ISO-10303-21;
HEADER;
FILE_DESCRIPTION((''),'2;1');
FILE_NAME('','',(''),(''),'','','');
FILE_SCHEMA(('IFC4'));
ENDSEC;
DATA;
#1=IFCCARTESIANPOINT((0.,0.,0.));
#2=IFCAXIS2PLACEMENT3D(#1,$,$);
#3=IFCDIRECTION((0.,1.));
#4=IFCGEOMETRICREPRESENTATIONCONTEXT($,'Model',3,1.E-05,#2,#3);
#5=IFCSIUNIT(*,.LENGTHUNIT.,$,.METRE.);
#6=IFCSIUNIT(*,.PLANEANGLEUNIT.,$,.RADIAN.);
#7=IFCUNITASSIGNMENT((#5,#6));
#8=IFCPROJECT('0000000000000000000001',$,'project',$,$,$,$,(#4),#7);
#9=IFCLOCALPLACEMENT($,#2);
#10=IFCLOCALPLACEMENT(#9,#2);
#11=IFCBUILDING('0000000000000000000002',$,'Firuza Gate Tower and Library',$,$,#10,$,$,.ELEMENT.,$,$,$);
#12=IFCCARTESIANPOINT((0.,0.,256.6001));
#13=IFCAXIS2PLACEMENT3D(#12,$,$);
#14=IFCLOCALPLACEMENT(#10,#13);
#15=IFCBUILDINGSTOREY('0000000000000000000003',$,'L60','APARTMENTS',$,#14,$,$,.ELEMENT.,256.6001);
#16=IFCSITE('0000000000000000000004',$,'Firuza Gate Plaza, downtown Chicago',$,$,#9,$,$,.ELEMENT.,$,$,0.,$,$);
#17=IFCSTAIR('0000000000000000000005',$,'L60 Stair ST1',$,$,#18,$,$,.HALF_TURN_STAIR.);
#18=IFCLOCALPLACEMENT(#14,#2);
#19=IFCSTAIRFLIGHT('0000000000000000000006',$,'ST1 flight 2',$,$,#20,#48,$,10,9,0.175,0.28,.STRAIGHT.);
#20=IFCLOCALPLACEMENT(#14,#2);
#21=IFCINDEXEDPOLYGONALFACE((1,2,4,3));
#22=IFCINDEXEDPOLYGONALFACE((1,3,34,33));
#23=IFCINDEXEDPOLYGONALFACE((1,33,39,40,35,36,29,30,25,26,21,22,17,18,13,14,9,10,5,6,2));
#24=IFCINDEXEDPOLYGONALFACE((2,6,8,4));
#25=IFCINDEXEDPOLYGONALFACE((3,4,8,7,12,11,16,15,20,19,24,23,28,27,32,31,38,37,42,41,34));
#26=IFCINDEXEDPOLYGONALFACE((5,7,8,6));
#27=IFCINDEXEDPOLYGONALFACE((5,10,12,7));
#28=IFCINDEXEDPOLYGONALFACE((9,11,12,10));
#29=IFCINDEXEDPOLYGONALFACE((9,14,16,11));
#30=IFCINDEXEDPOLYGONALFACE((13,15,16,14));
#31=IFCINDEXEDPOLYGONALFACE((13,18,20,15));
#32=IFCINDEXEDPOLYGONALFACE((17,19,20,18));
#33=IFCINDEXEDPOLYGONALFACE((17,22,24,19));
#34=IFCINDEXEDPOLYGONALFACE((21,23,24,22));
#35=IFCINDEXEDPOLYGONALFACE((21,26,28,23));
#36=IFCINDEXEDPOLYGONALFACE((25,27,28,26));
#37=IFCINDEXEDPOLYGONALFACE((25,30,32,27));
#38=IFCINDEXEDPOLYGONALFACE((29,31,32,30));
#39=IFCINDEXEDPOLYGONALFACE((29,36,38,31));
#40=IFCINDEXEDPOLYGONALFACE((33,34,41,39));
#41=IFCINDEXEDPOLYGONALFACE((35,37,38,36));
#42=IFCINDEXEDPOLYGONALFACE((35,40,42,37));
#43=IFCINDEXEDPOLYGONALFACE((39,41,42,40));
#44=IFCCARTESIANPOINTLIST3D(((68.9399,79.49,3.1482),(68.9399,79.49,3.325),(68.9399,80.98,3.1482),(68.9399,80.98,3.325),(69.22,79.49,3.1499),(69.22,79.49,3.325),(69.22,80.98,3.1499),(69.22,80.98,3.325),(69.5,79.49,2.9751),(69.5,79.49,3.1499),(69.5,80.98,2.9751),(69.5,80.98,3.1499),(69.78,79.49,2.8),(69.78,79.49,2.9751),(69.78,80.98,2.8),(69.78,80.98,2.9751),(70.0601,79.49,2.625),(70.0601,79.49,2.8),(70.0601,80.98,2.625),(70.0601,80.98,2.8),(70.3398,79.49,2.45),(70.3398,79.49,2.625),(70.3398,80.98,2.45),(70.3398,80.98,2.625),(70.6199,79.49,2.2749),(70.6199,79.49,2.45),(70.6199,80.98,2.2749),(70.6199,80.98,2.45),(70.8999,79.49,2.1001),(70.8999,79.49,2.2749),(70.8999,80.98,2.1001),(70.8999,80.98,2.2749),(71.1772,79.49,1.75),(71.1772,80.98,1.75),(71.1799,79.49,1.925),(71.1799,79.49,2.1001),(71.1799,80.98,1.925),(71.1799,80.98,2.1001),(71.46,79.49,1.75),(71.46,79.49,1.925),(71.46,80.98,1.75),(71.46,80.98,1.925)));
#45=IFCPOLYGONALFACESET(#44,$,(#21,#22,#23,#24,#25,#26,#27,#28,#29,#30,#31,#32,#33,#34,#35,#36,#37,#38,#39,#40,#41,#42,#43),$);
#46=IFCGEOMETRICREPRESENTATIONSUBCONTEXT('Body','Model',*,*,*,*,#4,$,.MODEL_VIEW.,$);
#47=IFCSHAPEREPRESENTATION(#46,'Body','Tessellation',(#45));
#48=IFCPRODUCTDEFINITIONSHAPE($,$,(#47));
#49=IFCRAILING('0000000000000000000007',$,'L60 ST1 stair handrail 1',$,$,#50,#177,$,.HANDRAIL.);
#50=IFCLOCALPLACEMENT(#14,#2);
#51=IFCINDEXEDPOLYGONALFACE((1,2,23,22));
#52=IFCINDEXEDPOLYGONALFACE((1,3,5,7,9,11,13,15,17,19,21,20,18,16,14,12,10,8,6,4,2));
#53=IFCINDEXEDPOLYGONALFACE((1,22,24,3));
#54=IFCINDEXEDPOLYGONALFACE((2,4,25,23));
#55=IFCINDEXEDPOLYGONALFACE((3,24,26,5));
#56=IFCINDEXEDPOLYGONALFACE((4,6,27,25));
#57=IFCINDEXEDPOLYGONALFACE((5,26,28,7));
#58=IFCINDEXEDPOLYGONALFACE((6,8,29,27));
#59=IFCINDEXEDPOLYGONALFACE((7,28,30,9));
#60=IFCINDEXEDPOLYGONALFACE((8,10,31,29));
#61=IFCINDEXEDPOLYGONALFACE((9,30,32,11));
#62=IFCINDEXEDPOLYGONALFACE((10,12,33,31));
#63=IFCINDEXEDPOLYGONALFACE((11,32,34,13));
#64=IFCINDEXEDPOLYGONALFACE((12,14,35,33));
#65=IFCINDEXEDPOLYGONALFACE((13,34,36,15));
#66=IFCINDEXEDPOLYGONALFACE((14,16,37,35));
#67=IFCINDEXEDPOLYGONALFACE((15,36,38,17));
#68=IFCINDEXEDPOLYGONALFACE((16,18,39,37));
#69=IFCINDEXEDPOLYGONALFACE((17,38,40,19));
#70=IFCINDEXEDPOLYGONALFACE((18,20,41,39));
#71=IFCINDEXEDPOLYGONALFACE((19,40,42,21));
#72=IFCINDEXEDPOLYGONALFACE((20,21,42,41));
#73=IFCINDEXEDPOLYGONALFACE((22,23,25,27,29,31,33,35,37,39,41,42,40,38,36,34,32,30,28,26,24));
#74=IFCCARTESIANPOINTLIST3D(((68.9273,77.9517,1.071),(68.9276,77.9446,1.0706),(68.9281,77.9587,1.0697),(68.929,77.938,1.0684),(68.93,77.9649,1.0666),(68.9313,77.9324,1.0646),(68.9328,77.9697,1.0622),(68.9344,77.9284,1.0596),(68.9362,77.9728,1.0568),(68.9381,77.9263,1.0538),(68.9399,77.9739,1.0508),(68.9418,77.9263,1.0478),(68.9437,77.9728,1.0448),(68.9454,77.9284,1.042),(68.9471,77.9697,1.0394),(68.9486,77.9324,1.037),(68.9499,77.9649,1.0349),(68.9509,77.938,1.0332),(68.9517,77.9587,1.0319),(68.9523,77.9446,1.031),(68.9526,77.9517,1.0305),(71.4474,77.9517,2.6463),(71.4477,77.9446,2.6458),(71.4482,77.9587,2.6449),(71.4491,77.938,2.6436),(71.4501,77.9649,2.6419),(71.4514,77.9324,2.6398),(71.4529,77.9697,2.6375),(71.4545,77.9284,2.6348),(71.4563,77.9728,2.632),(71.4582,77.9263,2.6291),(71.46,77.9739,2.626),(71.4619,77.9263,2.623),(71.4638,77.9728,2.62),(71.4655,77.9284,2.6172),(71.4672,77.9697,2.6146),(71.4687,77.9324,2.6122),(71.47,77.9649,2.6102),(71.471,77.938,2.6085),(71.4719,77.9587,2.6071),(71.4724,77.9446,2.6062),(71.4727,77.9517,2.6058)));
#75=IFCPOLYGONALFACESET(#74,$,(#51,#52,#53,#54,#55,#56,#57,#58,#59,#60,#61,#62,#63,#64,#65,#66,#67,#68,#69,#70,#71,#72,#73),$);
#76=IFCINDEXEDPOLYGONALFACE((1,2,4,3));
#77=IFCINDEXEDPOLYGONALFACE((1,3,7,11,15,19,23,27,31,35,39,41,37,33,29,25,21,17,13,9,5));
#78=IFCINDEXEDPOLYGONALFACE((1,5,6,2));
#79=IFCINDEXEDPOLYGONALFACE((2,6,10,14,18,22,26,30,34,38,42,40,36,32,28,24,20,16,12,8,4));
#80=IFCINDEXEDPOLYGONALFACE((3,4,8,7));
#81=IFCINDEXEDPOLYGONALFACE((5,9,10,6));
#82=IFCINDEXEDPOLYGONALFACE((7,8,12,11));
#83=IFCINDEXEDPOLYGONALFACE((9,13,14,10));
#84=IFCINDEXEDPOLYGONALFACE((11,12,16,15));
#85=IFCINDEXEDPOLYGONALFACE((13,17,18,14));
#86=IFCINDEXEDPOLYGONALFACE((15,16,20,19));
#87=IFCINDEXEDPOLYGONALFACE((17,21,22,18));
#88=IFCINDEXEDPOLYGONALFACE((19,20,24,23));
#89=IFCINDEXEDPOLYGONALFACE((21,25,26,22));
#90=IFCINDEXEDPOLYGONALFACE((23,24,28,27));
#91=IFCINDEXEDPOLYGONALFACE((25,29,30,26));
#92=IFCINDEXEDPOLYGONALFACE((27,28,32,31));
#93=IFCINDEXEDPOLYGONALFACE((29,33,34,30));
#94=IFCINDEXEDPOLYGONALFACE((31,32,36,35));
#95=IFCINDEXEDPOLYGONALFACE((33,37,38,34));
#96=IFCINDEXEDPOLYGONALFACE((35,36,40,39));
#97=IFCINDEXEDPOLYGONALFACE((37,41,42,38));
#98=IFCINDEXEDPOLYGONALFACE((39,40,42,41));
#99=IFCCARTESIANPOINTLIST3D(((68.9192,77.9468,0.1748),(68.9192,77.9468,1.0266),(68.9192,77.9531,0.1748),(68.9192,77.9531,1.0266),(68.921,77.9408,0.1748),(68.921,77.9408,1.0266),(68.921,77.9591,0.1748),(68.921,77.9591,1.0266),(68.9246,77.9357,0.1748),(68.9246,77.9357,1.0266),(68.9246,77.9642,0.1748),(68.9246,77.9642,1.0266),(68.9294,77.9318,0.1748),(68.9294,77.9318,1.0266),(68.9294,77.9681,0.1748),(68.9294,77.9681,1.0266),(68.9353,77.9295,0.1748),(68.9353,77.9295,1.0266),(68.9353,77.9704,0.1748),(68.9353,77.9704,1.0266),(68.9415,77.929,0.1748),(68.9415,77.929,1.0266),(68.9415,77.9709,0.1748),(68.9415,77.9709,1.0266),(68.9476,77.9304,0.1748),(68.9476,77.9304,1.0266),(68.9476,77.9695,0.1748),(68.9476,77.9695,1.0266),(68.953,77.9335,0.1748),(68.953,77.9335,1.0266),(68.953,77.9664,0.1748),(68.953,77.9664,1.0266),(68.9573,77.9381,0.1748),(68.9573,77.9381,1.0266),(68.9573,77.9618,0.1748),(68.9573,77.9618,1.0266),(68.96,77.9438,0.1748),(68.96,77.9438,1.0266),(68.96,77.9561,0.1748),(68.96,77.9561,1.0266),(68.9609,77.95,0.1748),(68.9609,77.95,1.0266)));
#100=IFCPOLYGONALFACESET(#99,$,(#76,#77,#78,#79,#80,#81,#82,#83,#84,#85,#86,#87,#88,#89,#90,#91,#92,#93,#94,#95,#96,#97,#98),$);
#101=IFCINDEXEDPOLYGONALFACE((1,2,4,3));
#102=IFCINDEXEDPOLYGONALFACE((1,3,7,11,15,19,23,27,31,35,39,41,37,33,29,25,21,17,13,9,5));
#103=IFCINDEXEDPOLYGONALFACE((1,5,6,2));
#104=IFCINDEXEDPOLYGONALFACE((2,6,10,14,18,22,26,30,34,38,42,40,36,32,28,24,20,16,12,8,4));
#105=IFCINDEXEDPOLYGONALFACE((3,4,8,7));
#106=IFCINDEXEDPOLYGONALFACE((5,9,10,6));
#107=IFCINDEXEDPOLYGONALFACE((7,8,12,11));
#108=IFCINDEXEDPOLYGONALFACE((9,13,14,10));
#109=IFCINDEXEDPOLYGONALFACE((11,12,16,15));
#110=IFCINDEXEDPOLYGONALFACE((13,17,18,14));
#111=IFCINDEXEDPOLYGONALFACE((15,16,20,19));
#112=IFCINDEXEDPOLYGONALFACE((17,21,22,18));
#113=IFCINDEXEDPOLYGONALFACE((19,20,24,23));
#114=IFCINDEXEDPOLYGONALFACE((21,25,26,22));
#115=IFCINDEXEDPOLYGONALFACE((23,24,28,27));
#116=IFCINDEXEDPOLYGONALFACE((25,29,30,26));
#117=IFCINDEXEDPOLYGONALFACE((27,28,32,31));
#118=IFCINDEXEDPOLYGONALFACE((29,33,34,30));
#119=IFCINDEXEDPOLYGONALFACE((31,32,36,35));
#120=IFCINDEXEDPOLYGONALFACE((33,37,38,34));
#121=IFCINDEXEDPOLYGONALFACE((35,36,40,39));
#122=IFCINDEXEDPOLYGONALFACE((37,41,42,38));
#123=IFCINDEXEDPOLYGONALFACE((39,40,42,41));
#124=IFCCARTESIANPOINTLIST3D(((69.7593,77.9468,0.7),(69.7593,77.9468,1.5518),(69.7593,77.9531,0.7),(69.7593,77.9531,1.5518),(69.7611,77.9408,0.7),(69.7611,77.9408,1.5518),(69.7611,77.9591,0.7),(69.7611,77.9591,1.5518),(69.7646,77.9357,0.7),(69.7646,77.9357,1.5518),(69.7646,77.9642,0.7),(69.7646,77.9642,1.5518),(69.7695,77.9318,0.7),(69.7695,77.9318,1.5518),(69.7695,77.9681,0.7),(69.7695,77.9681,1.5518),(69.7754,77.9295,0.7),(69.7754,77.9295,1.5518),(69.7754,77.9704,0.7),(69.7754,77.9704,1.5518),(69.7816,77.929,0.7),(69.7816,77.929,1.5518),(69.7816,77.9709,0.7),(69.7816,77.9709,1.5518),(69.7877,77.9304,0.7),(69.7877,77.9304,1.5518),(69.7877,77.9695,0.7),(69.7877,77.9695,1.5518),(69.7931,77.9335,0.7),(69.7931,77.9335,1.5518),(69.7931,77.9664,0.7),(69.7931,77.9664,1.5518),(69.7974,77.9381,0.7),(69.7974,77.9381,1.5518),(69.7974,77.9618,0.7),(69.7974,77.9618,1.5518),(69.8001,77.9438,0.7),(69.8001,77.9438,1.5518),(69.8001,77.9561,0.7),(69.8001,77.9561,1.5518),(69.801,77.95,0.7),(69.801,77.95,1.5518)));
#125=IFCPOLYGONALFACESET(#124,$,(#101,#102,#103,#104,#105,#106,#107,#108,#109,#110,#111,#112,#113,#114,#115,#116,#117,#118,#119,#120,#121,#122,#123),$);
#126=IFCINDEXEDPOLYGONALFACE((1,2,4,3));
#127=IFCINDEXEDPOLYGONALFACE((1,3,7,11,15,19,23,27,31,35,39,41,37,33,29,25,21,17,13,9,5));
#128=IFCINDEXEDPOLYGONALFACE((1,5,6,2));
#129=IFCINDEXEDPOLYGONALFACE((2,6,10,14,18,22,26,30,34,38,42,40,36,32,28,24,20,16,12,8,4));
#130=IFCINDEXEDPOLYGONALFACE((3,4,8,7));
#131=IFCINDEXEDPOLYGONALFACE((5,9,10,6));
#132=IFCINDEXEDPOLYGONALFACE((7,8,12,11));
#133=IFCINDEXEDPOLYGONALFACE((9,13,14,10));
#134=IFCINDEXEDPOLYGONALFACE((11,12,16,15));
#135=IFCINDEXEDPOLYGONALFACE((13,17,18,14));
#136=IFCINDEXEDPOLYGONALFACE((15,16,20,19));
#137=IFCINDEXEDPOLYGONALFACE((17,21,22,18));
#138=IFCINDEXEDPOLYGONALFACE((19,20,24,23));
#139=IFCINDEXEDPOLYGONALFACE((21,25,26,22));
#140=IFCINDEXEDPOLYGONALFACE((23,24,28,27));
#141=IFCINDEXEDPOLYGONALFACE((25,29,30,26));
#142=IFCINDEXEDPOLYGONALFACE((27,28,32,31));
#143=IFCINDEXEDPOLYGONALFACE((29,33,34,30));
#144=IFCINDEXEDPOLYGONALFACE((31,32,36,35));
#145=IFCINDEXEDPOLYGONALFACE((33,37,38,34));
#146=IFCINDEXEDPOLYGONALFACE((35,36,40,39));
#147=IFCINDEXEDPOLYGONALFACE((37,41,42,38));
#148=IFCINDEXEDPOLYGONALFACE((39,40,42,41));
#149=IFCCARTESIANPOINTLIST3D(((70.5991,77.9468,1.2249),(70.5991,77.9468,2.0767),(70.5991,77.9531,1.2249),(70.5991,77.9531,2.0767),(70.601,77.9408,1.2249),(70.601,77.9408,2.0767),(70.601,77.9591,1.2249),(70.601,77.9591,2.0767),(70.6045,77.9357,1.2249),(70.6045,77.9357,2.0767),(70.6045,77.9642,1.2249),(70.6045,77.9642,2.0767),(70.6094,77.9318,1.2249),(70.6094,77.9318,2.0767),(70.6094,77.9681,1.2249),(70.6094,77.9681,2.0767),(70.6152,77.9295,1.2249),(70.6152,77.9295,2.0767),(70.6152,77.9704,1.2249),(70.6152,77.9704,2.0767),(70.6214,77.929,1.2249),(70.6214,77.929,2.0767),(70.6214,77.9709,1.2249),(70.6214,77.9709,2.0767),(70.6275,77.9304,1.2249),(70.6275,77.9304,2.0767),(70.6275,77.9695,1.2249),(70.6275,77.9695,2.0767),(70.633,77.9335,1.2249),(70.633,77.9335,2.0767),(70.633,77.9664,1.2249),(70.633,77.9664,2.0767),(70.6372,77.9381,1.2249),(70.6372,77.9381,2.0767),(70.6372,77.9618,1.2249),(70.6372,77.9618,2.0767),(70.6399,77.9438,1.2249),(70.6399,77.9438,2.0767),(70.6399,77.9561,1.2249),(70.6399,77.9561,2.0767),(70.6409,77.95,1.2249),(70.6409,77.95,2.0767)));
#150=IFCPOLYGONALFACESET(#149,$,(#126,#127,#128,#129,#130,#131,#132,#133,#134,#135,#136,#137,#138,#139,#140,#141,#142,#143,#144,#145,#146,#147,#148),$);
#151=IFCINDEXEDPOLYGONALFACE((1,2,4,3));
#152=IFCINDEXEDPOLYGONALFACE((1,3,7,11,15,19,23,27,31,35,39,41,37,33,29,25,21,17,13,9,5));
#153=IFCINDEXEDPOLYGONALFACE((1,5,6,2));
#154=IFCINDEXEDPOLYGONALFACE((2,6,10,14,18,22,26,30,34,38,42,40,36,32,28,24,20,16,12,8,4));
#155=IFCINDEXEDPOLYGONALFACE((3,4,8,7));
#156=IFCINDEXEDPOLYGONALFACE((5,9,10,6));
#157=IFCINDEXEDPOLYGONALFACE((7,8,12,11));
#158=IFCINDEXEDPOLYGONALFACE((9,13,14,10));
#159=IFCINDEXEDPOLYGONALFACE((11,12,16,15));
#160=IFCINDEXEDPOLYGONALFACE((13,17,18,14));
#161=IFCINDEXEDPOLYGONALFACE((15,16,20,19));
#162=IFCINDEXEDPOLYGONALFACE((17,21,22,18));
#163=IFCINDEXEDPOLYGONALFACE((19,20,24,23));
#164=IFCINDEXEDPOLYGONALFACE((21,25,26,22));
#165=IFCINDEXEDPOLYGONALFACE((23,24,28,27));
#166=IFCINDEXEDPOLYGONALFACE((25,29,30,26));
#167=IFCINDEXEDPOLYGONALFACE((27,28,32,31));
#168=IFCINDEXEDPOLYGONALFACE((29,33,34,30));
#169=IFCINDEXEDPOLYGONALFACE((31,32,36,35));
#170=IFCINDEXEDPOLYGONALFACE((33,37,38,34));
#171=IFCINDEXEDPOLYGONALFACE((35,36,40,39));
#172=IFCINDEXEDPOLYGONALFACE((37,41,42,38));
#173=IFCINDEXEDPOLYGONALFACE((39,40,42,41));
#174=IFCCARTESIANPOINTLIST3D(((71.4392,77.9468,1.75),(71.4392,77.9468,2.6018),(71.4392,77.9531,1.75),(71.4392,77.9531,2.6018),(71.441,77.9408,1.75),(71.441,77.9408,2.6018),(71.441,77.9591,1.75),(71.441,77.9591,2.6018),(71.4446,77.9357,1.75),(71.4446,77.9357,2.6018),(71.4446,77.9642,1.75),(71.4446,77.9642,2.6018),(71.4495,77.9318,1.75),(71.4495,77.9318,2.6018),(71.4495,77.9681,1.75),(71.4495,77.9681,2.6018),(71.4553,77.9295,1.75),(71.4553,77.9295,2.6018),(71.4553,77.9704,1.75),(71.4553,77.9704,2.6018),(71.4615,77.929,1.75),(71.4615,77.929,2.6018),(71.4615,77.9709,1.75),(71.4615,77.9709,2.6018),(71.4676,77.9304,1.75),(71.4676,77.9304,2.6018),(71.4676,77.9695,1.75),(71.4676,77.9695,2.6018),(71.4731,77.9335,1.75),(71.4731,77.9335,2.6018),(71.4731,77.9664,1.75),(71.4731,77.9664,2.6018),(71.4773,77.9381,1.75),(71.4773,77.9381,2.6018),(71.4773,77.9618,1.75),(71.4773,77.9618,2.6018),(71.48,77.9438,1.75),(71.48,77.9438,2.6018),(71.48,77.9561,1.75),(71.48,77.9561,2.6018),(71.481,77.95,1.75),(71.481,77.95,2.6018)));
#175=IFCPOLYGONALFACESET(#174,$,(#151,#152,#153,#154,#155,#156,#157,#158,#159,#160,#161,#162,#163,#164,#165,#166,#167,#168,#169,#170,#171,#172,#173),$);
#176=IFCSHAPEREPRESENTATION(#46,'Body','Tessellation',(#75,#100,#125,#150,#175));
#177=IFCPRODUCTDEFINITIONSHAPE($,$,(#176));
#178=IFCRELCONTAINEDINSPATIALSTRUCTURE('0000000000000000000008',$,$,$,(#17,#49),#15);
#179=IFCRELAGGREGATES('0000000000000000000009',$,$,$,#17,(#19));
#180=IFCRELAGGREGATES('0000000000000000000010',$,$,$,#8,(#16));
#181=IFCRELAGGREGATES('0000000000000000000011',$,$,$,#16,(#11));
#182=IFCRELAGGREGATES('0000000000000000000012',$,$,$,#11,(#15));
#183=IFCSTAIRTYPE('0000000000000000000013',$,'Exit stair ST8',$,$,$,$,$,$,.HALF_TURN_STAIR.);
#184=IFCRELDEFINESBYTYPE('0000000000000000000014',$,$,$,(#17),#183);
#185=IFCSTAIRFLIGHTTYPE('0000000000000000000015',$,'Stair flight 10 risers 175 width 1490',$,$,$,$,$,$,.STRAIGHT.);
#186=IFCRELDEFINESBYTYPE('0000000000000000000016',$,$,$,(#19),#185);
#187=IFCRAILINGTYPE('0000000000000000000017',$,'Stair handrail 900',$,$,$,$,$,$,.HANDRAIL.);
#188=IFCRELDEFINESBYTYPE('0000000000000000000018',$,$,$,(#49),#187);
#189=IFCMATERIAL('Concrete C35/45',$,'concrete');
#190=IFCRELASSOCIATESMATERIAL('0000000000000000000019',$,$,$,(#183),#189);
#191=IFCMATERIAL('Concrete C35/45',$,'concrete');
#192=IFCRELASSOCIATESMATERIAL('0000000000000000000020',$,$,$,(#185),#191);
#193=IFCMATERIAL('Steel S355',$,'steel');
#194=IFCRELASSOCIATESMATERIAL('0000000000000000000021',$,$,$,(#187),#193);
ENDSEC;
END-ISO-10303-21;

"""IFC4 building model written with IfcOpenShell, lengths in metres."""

from ifc_helpers import new_model, si_unit, direction, frame, origin, origin_2d, place, context, subcontext, project, spatial, polyline, circle, outline, extrude, material, type_object, element, aggregate, save


model = new_model("IFC4")

# Units and contexts
model_context = context("Model", 3, precision=1e-05, world=origin(), true_north=direction((0.0, 1.0)))
body_context = subcontext(model_context, "Body", "Model", "MODEL_VIEW")
ifc_project = project(units=[si_unit("LENGTHUNIT", "METRE"), si_unit("PLANEANGLEUNIT", "RADIAN")], contexts=[model_context])

# Site, building, storey
site_placement = place(None, origin())
site = spatial("IfcSite", under=ifc_project, at=site_placement, Name="Firuza Gate Plaza, downtown Chicago", CompositionType="ELEMENT", RefElevation=0.0)
building_placement = place(site_placement, origin())
building = spatial("IfcBuilding", under=site, at=building_placement, Name="Firuza Gate Tower and Library", CompositionType="ELEMENT")
storey_placement = place(building_placement, frame((0.0, 0.0, 256.6001)))
storey = spatial("IfcBuildingStorey", under=building, at=storey_placement, Name="L60", Description="APARTMENTS", CompositionType="ELEMENT", Elevation=256.6001)

# Stair, stair flight
ifc_material_1 = material(Name="Concrete C35/45", Category="concrete")
stair_type = type_object("IfcStairType", Name="Exit stair ST8", PredefinedType="HALF_TURN_STAIR", material=ifc_material_1)
stair_placement = place(storey_placement, origin())
stair = element("IfcStair", 1, at=stair_placement, inside=storey, type_object=stair_type, Name="L60 Stair ST1", PredefinedType="HALF_TURN_STAIR")
ifc_material_2 = material(Name="Concrete C35/45", Category="concrete")
stair_flight_type = type_object("IfcStairFlightType", Name="Stair flight 10 risers 175 width 1490", PredefinedType="STRAIGHT", material=ifc_material_2)
stair_flight_1_placement = place(storey_placement, frame((71.46, 80.2351, 1.75), z_axis=(0.0, 0.0, 1.0), x_axis=(-1.0, 0.0, 0.0)))
stair_flight_1 = element("IfcStairFlight", 2, at=stair_flight_1_placement, type_object=stair_flight_type, Name="ST1 flight 2", NumberOfRisers=10, NumberOfTreads=9, PredefinedType="STRAIGHT", RiserHeight=0.175, TreadLength=0.28, context=body_context, shape_type="SweptSolid", body=[
    extrude(outline(polyline([(0.0, 0.0), (0.0, 0.175), (0.28, 0.175), (0.28, 0.3501), (0.5601, 0.3501), (0.5601, 0.5249), (0.8401, 0.5249), (0.8401, 0.7), (1.1201, 0.7), (1.1201, 0.875), (1.3999, 0.875), (1.3999, 1.05), (1.6799, 1.05), (1.6799, 1.2251), (1.96, 1.2251), (1.96, 1.3999), (2.24, 1.3999), (2.24, 1.575), (2.52, 1.575), (2.52, 1.75), (2.52, 1.3982), (0.2827, 0.0), (0.0, 0.0)])), frame((0.0, 0.7451, 0.0), z_axis=(0.0, -1.0, 0.0), x_axis=(1.0, 0.0, 0.0)), (0.0, 0.0, 1.0), 1.49),
])
aggregate(stair, [stair_flight_1])

# Railing
ifc_material_3 = material(Name="Steel S355", Category="steel")
railing_type_1 = type_object("IfcRailingType", Name="Stair handrail 900", PredefinedType="HANDRAIL", material=ifc_material_3)
railing_1_placement = place(storey_placement, frame((68.9399, 77.95, 0.1748)))
element("IfcRailing", 3, at=railing_1_placement, inside=storey, type_object=railing_type_1, Name="L60 ST1 stair handrail 1", PredefinedType="HANDRAIL", context=body_context, shape_type="SweptSolid", body=[
    extrude(circle(Radius=0.0239, at=origin_2d()), frame((0.0, 0.0, 0.876), z_axis=(0.847971, 0.0, 0.530043), x_axis=(0.0, 1.0, 0.0)), (0.0, 0.0, 1.0), 2.9719),
    extrude(circle(Radius=0.021, at=origin_2d()), origin(), (0.0, 0.0, 1.0), 0.8518),
    extrude(circle(Radius=0.021, at=origin_2d()), frame((0.8401, 0.0, 0.5251)), (0.0, 0.0, 1.0), 0.8518),
    extrude(circle(Radius=0.021, at=origin_2d()), frame((1.6799, 0.0, 1.05)), (0.0, 0.0, 1.0), 0.8518),
    extrude(circle(Radius=0.021, at=origin_2d()), frame((2.52, 0.0, 1.5752)), (0.0, 0.0, 1.0), 0.8518),
])

save(model, "model.ifc")
